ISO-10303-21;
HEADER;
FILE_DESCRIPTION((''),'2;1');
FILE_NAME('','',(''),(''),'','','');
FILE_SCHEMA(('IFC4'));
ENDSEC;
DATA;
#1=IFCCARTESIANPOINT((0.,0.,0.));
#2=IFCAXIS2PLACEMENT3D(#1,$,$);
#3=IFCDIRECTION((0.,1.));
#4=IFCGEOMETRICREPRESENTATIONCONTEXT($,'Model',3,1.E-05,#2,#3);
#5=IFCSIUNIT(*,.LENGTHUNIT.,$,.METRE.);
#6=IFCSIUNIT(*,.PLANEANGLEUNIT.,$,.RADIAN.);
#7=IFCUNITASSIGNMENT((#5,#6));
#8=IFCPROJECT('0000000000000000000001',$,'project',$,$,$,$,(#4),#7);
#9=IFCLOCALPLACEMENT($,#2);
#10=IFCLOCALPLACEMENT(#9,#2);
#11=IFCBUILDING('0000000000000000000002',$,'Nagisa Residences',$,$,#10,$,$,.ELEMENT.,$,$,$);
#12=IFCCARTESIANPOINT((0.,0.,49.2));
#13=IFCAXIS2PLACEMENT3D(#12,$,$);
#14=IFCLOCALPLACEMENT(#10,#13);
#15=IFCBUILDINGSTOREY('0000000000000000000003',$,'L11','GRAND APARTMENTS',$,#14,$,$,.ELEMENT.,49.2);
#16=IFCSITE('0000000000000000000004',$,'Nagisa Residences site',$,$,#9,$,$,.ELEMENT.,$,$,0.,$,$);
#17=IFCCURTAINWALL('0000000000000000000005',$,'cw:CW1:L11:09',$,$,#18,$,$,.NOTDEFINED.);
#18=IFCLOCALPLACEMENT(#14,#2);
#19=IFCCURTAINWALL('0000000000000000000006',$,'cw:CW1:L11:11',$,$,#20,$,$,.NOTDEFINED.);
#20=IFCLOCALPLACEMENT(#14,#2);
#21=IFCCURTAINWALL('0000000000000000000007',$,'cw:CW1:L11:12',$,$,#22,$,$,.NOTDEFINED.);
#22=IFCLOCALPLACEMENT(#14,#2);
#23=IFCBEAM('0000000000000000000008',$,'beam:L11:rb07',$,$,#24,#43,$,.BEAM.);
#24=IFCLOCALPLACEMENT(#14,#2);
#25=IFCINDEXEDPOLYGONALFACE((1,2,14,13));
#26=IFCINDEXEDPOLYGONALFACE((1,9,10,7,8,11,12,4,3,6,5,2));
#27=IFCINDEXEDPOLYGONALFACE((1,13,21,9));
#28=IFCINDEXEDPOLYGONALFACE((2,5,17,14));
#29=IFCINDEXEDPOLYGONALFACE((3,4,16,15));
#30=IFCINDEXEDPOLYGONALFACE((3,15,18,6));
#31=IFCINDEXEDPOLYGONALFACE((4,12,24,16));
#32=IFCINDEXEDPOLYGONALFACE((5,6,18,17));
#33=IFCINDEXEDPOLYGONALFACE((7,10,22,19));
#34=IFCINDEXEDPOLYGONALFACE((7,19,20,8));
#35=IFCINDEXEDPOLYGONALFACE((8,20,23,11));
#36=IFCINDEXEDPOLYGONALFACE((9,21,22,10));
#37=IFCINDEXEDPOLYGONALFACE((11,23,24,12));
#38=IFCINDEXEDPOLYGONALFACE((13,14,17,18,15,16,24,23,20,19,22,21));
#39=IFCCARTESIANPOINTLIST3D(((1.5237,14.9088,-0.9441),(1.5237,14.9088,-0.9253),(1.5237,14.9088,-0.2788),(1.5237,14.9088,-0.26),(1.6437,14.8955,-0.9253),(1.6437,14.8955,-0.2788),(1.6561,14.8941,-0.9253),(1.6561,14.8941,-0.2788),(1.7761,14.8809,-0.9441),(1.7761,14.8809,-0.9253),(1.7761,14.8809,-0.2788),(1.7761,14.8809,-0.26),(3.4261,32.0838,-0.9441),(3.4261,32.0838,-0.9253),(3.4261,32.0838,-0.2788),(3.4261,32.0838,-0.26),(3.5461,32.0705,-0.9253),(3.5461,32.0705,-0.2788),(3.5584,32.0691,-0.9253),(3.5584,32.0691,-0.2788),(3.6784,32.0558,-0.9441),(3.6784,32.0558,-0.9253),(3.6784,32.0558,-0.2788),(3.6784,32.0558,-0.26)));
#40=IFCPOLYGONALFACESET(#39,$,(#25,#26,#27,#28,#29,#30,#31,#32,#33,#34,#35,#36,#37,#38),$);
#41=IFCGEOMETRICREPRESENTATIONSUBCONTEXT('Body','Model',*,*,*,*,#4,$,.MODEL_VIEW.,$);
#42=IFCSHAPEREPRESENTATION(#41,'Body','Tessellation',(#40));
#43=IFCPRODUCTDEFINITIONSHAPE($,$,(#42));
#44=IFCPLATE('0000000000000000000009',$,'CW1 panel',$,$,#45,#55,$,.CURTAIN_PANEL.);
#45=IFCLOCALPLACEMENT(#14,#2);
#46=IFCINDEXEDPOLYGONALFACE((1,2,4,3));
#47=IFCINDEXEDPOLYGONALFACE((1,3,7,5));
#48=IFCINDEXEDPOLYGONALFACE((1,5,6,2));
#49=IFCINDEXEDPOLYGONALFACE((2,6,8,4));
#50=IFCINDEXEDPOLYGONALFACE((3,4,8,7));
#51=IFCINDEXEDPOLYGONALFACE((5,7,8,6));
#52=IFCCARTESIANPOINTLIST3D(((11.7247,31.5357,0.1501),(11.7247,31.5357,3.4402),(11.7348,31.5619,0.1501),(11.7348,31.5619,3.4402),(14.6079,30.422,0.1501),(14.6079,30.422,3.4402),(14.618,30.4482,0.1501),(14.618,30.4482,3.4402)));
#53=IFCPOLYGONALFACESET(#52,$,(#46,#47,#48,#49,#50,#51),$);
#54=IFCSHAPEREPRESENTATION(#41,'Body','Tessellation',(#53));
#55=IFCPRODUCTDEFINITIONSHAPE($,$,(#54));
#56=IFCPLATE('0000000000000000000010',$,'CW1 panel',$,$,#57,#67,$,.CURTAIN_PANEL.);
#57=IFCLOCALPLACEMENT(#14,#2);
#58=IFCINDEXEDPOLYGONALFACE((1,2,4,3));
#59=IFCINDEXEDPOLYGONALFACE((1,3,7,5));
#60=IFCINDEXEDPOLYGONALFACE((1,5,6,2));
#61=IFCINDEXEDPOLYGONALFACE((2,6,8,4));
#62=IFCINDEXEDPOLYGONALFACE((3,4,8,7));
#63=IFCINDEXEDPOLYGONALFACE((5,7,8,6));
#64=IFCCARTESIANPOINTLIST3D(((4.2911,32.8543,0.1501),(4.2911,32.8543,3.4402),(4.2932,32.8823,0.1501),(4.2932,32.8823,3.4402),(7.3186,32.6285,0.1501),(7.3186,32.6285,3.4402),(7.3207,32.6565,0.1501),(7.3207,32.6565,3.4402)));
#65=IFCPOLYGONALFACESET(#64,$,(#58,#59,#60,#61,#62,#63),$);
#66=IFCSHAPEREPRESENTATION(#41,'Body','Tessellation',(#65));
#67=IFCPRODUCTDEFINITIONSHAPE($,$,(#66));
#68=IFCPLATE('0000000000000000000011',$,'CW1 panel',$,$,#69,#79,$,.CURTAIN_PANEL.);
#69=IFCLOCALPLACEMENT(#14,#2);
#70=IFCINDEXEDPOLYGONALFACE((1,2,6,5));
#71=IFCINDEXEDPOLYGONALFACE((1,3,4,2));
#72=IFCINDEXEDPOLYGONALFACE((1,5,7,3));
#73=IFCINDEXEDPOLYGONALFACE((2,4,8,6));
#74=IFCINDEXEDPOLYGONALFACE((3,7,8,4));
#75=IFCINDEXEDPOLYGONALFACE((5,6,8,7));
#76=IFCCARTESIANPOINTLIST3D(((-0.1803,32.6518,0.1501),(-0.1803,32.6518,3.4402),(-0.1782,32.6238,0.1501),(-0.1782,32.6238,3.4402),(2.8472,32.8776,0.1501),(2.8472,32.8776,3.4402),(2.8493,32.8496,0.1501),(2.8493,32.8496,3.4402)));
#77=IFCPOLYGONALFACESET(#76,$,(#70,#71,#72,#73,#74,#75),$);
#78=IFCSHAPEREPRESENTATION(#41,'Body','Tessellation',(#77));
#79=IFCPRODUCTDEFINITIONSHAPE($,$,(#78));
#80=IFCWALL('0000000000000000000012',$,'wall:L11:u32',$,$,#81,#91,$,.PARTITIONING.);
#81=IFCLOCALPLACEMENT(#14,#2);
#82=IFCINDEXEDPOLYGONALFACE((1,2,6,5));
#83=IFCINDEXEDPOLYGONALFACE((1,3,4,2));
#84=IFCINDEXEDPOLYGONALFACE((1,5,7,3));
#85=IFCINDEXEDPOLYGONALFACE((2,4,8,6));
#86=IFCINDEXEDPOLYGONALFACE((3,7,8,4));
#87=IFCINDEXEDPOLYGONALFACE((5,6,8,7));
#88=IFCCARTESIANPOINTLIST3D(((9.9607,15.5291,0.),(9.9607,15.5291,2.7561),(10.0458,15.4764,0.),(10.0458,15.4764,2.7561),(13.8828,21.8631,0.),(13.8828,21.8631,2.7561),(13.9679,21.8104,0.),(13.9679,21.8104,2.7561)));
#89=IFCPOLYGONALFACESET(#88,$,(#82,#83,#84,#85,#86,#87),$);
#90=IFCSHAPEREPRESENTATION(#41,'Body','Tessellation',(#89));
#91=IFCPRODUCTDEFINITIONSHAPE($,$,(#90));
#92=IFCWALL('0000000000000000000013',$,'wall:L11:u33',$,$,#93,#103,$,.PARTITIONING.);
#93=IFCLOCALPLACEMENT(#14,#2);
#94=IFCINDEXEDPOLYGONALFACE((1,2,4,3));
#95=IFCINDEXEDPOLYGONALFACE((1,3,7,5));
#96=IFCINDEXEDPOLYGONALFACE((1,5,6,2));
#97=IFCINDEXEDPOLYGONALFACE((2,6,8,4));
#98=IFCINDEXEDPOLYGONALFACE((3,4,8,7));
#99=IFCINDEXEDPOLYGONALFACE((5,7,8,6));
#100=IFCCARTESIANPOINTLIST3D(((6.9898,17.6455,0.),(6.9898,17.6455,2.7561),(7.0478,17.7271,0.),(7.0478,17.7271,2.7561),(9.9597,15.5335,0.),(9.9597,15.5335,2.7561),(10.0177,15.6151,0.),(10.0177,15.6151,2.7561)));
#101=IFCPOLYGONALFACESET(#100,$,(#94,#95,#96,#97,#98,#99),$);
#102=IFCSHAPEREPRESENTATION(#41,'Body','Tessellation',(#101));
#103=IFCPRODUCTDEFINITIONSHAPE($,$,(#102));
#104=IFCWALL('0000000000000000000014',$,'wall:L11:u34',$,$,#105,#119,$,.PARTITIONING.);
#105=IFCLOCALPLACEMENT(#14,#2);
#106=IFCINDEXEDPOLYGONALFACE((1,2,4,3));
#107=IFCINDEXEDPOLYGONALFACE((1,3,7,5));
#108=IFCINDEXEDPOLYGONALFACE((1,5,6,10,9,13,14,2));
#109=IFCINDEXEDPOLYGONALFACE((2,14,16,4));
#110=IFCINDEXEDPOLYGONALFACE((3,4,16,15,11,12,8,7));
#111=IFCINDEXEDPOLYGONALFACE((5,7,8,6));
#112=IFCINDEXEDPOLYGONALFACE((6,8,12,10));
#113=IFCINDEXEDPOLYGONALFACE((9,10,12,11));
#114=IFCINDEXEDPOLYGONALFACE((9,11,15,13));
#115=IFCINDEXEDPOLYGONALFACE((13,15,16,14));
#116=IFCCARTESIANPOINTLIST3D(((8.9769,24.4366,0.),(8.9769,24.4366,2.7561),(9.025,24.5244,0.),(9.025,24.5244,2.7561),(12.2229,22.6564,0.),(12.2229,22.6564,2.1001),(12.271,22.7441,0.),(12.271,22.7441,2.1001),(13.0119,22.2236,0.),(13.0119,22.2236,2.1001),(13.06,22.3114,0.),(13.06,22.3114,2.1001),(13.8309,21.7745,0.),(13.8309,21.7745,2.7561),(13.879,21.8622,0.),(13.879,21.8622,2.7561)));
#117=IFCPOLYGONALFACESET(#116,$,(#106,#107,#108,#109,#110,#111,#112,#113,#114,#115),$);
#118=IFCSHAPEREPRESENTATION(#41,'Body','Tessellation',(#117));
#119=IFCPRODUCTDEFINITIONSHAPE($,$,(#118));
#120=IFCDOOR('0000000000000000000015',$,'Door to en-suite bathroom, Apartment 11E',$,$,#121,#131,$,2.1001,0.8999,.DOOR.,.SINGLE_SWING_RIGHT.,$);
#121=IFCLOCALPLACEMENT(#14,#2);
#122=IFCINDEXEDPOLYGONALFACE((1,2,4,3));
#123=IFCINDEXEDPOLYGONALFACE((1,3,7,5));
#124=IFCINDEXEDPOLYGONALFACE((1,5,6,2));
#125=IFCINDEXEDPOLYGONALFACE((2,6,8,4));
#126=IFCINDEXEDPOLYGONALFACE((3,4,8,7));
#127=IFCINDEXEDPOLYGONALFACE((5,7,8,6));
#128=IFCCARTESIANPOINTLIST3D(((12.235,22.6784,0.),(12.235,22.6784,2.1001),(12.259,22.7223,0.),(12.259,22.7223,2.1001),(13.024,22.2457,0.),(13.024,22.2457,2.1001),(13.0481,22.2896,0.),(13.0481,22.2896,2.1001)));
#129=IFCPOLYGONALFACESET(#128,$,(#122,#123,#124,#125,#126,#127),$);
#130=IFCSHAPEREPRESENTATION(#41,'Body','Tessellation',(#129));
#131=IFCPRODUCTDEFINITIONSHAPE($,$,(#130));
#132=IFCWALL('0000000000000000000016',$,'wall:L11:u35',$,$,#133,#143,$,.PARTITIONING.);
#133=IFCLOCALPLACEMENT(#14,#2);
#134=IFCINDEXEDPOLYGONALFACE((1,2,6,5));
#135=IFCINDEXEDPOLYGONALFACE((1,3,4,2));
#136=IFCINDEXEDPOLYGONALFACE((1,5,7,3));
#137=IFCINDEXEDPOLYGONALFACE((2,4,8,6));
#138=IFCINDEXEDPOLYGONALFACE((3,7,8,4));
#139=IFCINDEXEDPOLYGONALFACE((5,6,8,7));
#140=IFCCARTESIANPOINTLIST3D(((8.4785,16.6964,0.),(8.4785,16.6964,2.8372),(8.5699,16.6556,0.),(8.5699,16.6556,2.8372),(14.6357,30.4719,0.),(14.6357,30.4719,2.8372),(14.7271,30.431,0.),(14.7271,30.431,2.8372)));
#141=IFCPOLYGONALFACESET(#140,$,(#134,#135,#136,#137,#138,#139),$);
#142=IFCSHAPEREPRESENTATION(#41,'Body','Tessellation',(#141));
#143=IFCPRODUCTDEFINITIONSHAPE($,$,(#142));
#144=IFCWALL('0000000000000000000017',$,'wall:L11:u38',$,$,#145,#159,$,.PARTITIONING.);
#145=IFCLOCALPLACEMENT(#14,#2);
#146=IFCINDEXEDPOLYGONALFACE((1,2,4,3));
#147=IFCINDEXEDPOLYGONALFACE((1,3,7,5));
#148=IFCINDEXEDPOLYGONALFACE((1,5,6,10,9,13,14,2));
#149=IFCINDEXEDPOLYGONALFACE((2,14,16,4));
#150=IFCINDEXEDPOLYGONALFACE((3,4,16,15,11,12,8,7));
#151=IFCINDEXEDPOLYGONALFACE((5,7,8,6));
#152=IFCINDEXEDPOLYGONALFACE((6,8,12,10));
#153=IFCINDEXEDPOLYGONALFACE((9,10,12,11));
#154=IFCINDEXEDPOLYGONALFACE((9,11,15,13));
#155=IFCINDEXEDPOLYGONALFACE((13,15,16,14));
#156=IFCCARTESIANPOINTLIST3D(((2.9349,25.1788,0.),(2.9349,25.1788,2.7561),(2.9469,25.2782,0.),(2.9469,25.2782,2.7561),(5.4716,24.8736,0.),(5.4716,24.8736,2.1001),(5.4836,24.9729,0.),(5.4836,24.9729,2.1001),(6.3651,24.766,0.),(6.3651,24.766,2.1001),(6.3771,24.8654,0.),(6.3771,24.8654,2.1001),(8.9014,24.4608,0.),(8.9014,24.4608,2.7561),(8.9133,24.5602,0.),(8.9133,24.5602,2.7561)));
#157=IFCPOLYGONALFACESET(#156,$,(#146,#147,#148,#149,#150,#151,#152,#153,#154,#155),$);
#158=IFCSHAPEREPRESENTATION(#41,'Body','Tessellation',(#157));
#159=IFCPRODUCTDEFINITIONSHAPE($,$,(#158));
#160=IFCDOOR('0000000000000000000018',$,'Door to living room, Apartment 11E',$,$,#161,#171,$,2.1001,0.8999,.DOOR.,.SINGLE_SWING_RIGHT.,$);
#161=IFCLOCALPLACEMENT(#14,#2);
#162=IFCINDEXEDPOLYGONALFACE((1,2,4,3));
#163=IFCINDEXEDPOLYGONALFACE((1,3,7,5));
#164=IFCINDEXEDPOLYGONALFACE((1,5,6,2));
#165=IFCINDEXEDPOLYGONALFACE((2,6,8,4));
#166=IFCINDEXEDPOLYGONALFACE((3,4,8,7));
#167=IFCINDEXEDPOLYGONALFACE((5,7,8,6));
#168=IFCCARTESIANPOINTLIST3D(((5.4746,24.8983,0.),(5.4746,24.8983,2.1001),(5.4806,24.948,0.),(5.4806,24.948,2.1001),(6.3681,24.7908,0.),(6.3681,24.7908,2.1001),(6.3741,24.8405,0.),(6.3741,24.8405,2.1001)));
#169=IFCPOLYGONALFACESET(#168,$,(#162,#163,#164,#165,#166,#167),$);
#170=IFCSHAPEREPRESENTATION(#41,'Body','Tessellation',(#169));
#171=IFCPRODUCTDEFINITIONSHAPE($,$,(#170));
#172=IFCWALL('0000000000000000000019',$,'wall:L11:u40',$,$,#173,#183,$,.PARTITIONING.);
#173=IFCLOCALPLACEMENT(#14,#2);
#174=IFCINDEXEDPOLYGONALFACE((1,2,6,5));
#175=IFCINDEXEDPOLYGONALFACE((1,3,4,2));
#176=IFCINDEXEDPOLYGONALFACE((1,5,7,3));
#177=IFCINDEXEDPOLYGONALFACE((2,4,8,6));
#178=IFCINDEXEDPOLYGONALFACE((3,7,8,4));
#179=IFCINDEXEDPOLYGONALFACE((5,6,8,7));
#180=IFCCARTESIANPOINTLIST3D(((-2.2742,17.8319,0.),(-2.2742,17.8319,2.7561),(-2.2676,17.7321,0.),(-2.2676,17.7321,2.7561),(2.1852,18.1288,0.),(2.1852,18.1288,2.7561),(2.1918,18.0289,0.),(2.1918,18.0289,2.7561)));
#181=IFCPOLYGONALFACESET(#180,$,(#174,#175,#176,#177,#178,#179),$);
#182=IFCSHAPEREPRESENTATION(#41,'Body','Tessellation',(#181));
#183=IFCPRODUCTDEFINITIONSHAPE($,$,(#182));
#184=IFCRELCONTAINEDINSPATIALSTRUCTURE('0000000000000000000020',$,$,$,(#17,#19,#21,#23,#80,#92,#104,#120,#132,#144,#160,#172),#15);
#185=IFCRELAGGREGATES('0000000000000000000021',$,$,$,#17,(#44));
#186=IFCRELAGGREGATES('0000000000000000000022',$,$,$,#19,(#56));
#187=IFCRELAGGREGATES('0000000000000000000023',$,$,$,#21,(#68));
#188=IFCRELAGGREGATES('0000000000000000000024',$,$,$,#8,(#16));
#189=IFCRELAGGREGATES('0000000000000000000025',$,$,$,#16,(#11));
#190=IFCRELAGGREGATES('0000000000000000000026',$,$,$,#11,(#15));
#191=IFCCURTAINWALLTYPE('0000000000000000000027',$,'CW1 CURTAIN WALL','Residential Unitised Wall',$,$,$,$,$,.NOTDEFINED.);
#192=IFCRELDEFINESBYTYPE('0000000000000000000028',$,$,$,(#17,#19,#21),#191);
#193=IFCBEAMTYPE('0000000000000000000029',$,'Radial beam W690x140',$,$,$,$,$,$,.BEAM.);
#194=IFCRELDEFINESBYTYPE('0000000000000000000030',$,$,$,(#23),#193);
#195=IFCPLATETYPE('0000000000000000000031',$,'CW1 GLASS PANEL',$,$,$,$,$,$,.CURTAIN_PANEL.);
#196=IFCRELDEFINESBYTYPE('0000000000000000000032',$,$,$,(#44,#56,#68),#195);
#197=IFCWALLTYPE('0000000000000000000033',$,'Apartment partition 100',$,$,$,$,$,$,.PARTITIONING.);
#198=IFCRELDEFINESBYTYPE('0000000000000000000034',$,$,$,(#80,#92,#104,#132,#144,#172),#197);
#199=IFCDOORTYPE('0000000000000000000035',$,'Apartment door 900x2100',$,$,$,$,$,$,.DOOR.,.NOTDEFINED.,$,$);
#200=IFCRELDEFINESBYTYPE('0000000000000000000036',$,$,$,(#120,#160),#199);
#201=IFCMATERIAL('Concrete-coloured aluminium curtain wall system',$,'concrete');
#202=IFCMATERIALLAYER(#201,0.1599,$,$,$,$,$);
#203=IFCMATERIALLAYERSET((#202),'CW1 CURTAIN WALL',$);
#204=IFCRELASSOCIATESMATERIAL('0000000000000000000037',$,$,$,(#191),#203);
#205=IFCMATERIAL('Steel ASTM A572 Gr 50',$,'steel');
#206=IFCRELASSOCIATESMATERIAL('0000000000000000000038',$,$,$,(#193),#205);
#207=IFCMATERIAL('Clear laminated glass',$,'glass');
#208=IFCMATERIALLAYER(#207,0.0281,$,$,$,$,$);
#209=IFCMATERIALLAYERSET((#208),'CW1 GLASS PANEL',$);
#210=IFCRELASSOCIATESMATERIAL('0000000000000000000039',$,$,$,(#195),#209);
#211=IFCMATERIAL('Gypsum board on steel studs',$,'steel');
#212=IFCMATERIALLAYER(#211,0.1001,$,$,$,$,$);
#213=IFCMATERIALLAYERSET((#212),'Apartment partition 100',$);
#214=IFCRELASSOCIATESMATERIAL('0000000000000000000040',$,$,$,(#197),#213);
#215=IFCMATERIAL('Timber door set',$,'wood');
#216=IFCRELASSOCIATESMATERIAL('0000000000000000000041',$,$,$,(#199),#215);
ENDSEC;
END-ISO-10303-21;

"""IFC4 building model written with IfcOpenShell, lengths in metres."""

from ifc_helpers import new_model, si_unit, direction, frame, frame_2d, origin, origin_2d, place, context, subcontext, project, spatial, rectangle, i_section, extrude, material, layer, layer_set, material_profile, profile_set, type_object, element, fill, aggregate, save


model = new_model("IFC4")

# Units and contexts
model_context = context("Model", 3, precision=1e-05, world=origin(), true_north=direction((0.0, 1.0)))
body_context = subcontext(model_context, "Body", "Model", "MODEL_VIEW")
ifc_project = project(units=[si_unit("LENGTHUNIT", "METRE"), si_unit("PLANEANGLEUNIT", "RADIAN")], contexts=[model_context])

# Site, building, storey
site_placement = place(None, origin())
site = spatial("IfcSite", under=ifc_project, at=site_placement, Name="Nagisa Residences site", CompositionType="ELEMENT", RefElevation=0.0)
building_placement = place(site_placement, origin())
building = spatial("IfcBuilding", under=site, at=building_placement, Name="Nagisa Residences", CompositionType="ELEMENT")
storey_placement = place(building_placement, frame((0.0, 0.0, 49.2)))
storey = spatial("IfcBuildingStorey", under=building, at=storey_placement, Name="L11", Description="GRAND APARTMENTS", CompositionType="ELEMENT", Elevation=49.2)

# Curtain walls
ifc_material_1 = material(Name="Concrete-coloured aluminium curtain wall system", Category="concrete")
ifc_layer_1 = layer(ifc_material_1, 0.1599)
ifc_layer_set_1 = layer_set([ifc_layer_1], Name="CW1 CURTAIN WALL")
curtain_wall_type = type_object("IfcCurtainWallType", Name="CW1 CURTAIN WALL", Description="Residential Unitised Wall", PredefinedType="NOTDEFINED", material=ifc_layer_set_1)
curtain_wall_1_placement = place(storey_placement, origin())
curtain_wall_1 = element("IfcCurtainWall", 1, at=curtain_wall_1_placement, inside=storey, type_object=curtain_wall_type, Name="cw:CW1:L11:09", PredefinedType="NOTDEFINED")
curtain_wall_2_placement = place(storey_placement, origin())
curtain_wall_2 = element("IfcCurtainWall", 2, at=curtain_wall_2_placement, inside=storey, type_object=curtain_wall_type, Name="cw:CW1:L11:11", PredefinedType="NOTDEFINED")
curtain_wall_3_placement = place(storey_placement, origin())
curtain_wall_3 = element("IfcCurtainWall", 3, at=curtain_wall_3_placement, inside=storey, type_object=curtain_wall_type, Name="cw:CW1:L11:12", PredefinedType="NOTDEFINED")

# Beam
ifc_material_2 = material(Name="Steel ASTM A572 Gr 50", Category="steel")
ifc_material_profile_1 = material_profile(ifc_material_2, i_section(OverallWidth=0.2539, OverallDepth=0.6841, WebThickness=0.0125, FlangeThickness=0.0188, at=origin_2d()), Name="W690x140")
ifc_profile_set_1 = profile_set([ifc_material_profile_1], Name="Steel ASTM A572 Gr 50")
beam_type_1 = type_object("IfcBeamType", Name="Radial beam W690x140", PredefinedType="BEAM", material=ifc_profile_set_1)
beam_1_placement = place(storey_placement, frame((3.5522, 32.0698, -0.6021), z_axis=(-0.110089, -0.993922, 0.0), x_axis=(0.993922, -0.110089, 0.0)))
element("IfcBeam", 4, at=beam_1_placement, inside=storey, type_object=beam_type_1, Name="beam:L11:rb07", PredefinedType="BEAM", context=body_context, shape_type="SweptSolid", body=[
    extrude(i_section(OverallWidth=0.2539, OverallDepth=0.6841, WebThickness=0.0125, FlangeThickness=0.0188, at=origin_2d()), origin(), (0.0, 0.0, 1.0), 17.28),
])

# Plates
ifc_material_3 = material(Name="Clear laminated glass", Category="glass")
ifc_layer_2 = layer(ifc_material_3, 0.0281)
ifc_layer_set_2 = layer_set([ifc_layer_2], Name="CW1 GLASS PANEL")
plate_type = type_object("IfcPlateType", Name="CW1 GLASS PANEL", PredefinedType="CURTAIN_PANEL", material=ifc_layer_set_2)
plate_1_placement = place(storey_placement, frame((13.1714, 30.9919, 0.1501), z_axis=(0.0, 0.0, 1.0), x_axis=(-0.932826, 0.360328, 0.0)))
plate_1 = element("IfcPlate", 5, at=plate_1_placement, type_object=plate_type, Name="CW1 panel", PredefinedType="CURTAIN_PANEL", context=body_context, shape_type="SweptSolid", body=[
    extrude(rectangle(XDim=3.0908, YDim=0.0281, at=origin_2d()), origin(), (0.0, 0.0, 1.0), 3.29),
])
aggregate(curtain_wall_1, [plate_1])
plate_2_placement = place(storey_placement, frame((5.8059, 32.7554, 0.1501), z_axis=(0.0, 0.0, 1.0), x_axis=(-0.99723, 0.074377, 0.0)))
plate_2 = element("IfcPlate", 6, at=plate_2_placement, type_object=plate_type, Name="CW1 panel", PredefinedType="CURTAIN_PANEL", context=body_context, shape_type="SweptSolid", body=[
    extrude(rectangle(XDim=3.0359, YDim=0.0281, at=origin_2d()), origin(), (0.0, 0.0, 1.0), 3.29),
])
aggregate(curtain_wall_2, [plate_2])
plate_3_placement = place(storey_placement, frame((1.3345, 32.7507, 0.1501), z_axis=(0.0, 0.0, 1.0), x_axis=(-0.99723, -0.074377, 0.0)))
plate_3 = element("IfcPlate", 7, at=plate_3_placement, type_object=plate_type, Name="CW1 panel", PredefinedType="CURTAIN_PANEL", context=body_context, shape_type="SweptSolid", body=[
    extrude(rectangle(XDim=3.0359, YDim=0.0281, at=origin_2d()), origin(), (0.0, 0.0, 1.0), 3.29),
])
aggregate(curtain_wall_3, [plate_3])

# Walls
ifc_material_4 = material(Name="Gypsum board on steel studs", Category="steel")
ifc_layer_3 = layer(ifc_material_4, 0.1001)
ifc_layer_set_3 = layer_set([ifc_layer_3], Name="Apartment partition 100")
wall_type_1 = type_object("IfcWallType", Name="Apartment partition 100", PredefinedType="PARTITIONING", material=ifc_layer_set_3)
wall_1_placement = place(storey_placement, frame((10.0032, 15.5027, 0.0), z_axis=(0.0, 0.0, 1.0), x_axis=(0.52646, 0.8502, 0.0)))
element("IfcWall", 8, at=wall_1_placement, inside=storey, type_object=wall_type_1, Name="wall:L11:u32", PredefinedType="PARTITIONING", context=body_context, shape_type="SweptSolid", body=[
    extrude(rectangle(XDim=7.45, YDim=0.1001, at=frame_2d((3.7251, 0.0))), origin(), (0.0, 0.0, 1.0), 2.7561),
])
wall_2_placement = place(storey_placement, frame((9.9888, 15.5742, 0.0), z_axis=(0.0, 0.0, 1.0), x_axis=(-0.814945, 0.579539, 0.0)))
element("IfcWall", 9, at=wall_2_placement, inside=storey, type_object=wall_type_1, Name="wall:L11:u33", PredefinedType="PARTITIONING", context=body_context, shape_type="SweptSolid", body=[
    extrude(rectangle(XDim=3.6443, YDim=0.1001, at=frame_2d((1.8223, 0.0))), origin(), (0.0, 0.0, 1.0), 2.7561),
])

# Wall, opening, door
wall_3_placement = place(storey_placement, frame((13.855, 21.8184, 0.0), z_axis=(0.0, 0.0, 1.0), x_axis=(-0.876794, 0.480865, 0.0)))
wall_3 = element("IfcWall", 10, at=wall_3_placement, inside=storey, type_object=wall_type_1, Name="wall:L11:u34", PredefinedType="PARTITIONING", context=body_context, shape_type="SweptSolid", body=[
    extrude(rectangle(XDim=5.5361, YDim=0.1001, at=frame_2d((2.7681, 0.0))), origin(), (0.0, 0.0, 1.0), 2.7561),
])
opening_1_placement = place(wall_3_placement, frame((0.9341, 0.0, 0.0)))
opening_1 = element("IfcOpeningElement", 11, at=opening_1_placement, cuts=wall_3, PredefinedType="OPENING", context=body_context, shape_type="SweptSolid", body=[
    extrude(rectangle(XDim=0.8999, YDim=2.1001, at=frame_2d((0.45, 1.05))), frame((0.0, 0.0601, 0.0), z_axis=(0.0, -1.0, 0.0), x_axis=(1.0, 0.0, 0.0)), (0.0, 0.0, 1.0), 0.1201),
])
ifc_material_5 = material(Name="Timber door set", Category="wood")
door_type_1 = type_object("IfcDoorType", Name="Apartment door 900x2100", OperationType="NOTDEFINED", PredefinedType="DOOR", material=ifc_material_5)
door_1_placement = place(opening_1_placement, origin())
door_1 = element("IfcDoor", 12, at=door_1_placement, inside=storey, type_object=door_type_1, Name="Door to en-suite bathroom, Apartment 11E", OperationType="SINGLE_SWING_RIGHT", OverallHeight=2.1001, OverallWidth=0.8999, PredefinedType="DOOR", context=body_context, shape_type="SweptSolid", body=[
    extrude(rectangle(XDim=0.8999, YDim=2.1001, at=frame_2d((0.45, 1.05))), frame((0.0, 0.0249, 0.0), z_axis=(0.0, -1.0, 0.0), x_axis=(1.0, 0.0, 0.0)), (0.0, 0.0, 1.0), 0.05),
])
fill(opening_1, door_1)

# Wall
wall_4_placement = place(storey_placement, frame((8.5242, 16.676, 0.0), z_axis=(0.0, 0.0, 1.0), x_axis=(0.408065, 0.912953, 0.0)))
element("IfcWall", 13, at=wall_4_placement, inside=storey, type_object=wall_type_1, Name="wall:L11:u35", PredefinedType="PARTITIONING", context=body_context, shape_type="SweptSolid", body=[
    extrude(rectangle(XDim=15.0889, YDim=0.1001, at=frame_2d((7.5444, 0.0))), origin(), (0.0, 0.0, 1.0), 2.8372),
])

# Wall, opening, door
wall_5_placement = place(storey_placement, frame((8.9075, 24.5105, 0.0), z_axis=(0.0, 0.0, 1.0), x_axis=(-0.992837, 0.119478, 0.0)))
wall_5 = element("IfcWall", 14, at=wall_5_placement, inside=storey, type_object=wall_type_1, Name="wall:L11:u38", PredefinedType="PARTITIONING", context=body_context, shape_type="SweptSolid", body=[
    extrude(rectangle(XDim=6.0095, YDim=0.1001, at=frame_2d((3.0049, 0.0))), origin(), (0.0, 0.0, 1.0), 2.7561),
])
opening_2_placement = place(wall_5_placement, frame((2.5547, 0.0, 0.0)))
opening_2 = element("IfcOpeningElement", 15, at=opening_2_placement, cuts=wall_5, PredefinedType="OPENING", context=body_context, shape_type="SweptSolid", body=[
    extrude(rectangle(XDim=0.8999, YDim=2.1001, at=frame_2d((0.45, 1.05))), frame((0.0, 0.0601, 0.0), z_axis=(0.0, -1.0, 0.0), x_axis=(1.0, 0.0, 0.0)), (0.0, 0.0, 1.0), 0.1201),
])
door_2_placement = place(opening_2_placement, frame((0.8999, 0.0, 0.0), x_axis=(-1.0, 0.0, 0.0)))
door_2 = element("IfcDoor", 16, at=door_2_placement, inside=storey, type_object=door_type_1, Name="Door to living room, Apartment 11E", OperationType="SINGLE_SWING_RIGHT", OverallHeight=2.1001, OverallWidth=0.8999, PredefinedType="DOOR", context=body_context, shape_type="SweptSolid", body=[
    extrude(rectangle(XDim=0.8999, YDim=2.1001, at=frame_2d((0.45, 1.05))), frame((0.0, 0.0249, 0.0), z_axis=(0.0, -1.0, 0.0), x_axis=(1.0, 0.0, 0.0)), (0.0, 0.0, 1.0), 0.05),
])
fill(opening_2, door_2)

# Wall
wall_6_placement = place(storey_placement, frame((2.1885, 18.0789, 0.0), z_axis=(0.0, 0.0, 1.0), x_axis=(-0.997791, -0.066425, 0.0)))
element("IfcWall", 17, at=wall_6_placement, inside=storey, type_object=wall_type_1, Name="wall:L11:u40", PredefinedType="PARTITIONING", context=body_context, shape_type="SweptSolid", body=[
    extrude(rectangle(XDim=4.4692, YDim=0.1001, at=frame_2d((2.2346, 0.0))), origin(), (0.0, 0.0, 1.0), 2.7561),
])

save(model, "model.ifc")
